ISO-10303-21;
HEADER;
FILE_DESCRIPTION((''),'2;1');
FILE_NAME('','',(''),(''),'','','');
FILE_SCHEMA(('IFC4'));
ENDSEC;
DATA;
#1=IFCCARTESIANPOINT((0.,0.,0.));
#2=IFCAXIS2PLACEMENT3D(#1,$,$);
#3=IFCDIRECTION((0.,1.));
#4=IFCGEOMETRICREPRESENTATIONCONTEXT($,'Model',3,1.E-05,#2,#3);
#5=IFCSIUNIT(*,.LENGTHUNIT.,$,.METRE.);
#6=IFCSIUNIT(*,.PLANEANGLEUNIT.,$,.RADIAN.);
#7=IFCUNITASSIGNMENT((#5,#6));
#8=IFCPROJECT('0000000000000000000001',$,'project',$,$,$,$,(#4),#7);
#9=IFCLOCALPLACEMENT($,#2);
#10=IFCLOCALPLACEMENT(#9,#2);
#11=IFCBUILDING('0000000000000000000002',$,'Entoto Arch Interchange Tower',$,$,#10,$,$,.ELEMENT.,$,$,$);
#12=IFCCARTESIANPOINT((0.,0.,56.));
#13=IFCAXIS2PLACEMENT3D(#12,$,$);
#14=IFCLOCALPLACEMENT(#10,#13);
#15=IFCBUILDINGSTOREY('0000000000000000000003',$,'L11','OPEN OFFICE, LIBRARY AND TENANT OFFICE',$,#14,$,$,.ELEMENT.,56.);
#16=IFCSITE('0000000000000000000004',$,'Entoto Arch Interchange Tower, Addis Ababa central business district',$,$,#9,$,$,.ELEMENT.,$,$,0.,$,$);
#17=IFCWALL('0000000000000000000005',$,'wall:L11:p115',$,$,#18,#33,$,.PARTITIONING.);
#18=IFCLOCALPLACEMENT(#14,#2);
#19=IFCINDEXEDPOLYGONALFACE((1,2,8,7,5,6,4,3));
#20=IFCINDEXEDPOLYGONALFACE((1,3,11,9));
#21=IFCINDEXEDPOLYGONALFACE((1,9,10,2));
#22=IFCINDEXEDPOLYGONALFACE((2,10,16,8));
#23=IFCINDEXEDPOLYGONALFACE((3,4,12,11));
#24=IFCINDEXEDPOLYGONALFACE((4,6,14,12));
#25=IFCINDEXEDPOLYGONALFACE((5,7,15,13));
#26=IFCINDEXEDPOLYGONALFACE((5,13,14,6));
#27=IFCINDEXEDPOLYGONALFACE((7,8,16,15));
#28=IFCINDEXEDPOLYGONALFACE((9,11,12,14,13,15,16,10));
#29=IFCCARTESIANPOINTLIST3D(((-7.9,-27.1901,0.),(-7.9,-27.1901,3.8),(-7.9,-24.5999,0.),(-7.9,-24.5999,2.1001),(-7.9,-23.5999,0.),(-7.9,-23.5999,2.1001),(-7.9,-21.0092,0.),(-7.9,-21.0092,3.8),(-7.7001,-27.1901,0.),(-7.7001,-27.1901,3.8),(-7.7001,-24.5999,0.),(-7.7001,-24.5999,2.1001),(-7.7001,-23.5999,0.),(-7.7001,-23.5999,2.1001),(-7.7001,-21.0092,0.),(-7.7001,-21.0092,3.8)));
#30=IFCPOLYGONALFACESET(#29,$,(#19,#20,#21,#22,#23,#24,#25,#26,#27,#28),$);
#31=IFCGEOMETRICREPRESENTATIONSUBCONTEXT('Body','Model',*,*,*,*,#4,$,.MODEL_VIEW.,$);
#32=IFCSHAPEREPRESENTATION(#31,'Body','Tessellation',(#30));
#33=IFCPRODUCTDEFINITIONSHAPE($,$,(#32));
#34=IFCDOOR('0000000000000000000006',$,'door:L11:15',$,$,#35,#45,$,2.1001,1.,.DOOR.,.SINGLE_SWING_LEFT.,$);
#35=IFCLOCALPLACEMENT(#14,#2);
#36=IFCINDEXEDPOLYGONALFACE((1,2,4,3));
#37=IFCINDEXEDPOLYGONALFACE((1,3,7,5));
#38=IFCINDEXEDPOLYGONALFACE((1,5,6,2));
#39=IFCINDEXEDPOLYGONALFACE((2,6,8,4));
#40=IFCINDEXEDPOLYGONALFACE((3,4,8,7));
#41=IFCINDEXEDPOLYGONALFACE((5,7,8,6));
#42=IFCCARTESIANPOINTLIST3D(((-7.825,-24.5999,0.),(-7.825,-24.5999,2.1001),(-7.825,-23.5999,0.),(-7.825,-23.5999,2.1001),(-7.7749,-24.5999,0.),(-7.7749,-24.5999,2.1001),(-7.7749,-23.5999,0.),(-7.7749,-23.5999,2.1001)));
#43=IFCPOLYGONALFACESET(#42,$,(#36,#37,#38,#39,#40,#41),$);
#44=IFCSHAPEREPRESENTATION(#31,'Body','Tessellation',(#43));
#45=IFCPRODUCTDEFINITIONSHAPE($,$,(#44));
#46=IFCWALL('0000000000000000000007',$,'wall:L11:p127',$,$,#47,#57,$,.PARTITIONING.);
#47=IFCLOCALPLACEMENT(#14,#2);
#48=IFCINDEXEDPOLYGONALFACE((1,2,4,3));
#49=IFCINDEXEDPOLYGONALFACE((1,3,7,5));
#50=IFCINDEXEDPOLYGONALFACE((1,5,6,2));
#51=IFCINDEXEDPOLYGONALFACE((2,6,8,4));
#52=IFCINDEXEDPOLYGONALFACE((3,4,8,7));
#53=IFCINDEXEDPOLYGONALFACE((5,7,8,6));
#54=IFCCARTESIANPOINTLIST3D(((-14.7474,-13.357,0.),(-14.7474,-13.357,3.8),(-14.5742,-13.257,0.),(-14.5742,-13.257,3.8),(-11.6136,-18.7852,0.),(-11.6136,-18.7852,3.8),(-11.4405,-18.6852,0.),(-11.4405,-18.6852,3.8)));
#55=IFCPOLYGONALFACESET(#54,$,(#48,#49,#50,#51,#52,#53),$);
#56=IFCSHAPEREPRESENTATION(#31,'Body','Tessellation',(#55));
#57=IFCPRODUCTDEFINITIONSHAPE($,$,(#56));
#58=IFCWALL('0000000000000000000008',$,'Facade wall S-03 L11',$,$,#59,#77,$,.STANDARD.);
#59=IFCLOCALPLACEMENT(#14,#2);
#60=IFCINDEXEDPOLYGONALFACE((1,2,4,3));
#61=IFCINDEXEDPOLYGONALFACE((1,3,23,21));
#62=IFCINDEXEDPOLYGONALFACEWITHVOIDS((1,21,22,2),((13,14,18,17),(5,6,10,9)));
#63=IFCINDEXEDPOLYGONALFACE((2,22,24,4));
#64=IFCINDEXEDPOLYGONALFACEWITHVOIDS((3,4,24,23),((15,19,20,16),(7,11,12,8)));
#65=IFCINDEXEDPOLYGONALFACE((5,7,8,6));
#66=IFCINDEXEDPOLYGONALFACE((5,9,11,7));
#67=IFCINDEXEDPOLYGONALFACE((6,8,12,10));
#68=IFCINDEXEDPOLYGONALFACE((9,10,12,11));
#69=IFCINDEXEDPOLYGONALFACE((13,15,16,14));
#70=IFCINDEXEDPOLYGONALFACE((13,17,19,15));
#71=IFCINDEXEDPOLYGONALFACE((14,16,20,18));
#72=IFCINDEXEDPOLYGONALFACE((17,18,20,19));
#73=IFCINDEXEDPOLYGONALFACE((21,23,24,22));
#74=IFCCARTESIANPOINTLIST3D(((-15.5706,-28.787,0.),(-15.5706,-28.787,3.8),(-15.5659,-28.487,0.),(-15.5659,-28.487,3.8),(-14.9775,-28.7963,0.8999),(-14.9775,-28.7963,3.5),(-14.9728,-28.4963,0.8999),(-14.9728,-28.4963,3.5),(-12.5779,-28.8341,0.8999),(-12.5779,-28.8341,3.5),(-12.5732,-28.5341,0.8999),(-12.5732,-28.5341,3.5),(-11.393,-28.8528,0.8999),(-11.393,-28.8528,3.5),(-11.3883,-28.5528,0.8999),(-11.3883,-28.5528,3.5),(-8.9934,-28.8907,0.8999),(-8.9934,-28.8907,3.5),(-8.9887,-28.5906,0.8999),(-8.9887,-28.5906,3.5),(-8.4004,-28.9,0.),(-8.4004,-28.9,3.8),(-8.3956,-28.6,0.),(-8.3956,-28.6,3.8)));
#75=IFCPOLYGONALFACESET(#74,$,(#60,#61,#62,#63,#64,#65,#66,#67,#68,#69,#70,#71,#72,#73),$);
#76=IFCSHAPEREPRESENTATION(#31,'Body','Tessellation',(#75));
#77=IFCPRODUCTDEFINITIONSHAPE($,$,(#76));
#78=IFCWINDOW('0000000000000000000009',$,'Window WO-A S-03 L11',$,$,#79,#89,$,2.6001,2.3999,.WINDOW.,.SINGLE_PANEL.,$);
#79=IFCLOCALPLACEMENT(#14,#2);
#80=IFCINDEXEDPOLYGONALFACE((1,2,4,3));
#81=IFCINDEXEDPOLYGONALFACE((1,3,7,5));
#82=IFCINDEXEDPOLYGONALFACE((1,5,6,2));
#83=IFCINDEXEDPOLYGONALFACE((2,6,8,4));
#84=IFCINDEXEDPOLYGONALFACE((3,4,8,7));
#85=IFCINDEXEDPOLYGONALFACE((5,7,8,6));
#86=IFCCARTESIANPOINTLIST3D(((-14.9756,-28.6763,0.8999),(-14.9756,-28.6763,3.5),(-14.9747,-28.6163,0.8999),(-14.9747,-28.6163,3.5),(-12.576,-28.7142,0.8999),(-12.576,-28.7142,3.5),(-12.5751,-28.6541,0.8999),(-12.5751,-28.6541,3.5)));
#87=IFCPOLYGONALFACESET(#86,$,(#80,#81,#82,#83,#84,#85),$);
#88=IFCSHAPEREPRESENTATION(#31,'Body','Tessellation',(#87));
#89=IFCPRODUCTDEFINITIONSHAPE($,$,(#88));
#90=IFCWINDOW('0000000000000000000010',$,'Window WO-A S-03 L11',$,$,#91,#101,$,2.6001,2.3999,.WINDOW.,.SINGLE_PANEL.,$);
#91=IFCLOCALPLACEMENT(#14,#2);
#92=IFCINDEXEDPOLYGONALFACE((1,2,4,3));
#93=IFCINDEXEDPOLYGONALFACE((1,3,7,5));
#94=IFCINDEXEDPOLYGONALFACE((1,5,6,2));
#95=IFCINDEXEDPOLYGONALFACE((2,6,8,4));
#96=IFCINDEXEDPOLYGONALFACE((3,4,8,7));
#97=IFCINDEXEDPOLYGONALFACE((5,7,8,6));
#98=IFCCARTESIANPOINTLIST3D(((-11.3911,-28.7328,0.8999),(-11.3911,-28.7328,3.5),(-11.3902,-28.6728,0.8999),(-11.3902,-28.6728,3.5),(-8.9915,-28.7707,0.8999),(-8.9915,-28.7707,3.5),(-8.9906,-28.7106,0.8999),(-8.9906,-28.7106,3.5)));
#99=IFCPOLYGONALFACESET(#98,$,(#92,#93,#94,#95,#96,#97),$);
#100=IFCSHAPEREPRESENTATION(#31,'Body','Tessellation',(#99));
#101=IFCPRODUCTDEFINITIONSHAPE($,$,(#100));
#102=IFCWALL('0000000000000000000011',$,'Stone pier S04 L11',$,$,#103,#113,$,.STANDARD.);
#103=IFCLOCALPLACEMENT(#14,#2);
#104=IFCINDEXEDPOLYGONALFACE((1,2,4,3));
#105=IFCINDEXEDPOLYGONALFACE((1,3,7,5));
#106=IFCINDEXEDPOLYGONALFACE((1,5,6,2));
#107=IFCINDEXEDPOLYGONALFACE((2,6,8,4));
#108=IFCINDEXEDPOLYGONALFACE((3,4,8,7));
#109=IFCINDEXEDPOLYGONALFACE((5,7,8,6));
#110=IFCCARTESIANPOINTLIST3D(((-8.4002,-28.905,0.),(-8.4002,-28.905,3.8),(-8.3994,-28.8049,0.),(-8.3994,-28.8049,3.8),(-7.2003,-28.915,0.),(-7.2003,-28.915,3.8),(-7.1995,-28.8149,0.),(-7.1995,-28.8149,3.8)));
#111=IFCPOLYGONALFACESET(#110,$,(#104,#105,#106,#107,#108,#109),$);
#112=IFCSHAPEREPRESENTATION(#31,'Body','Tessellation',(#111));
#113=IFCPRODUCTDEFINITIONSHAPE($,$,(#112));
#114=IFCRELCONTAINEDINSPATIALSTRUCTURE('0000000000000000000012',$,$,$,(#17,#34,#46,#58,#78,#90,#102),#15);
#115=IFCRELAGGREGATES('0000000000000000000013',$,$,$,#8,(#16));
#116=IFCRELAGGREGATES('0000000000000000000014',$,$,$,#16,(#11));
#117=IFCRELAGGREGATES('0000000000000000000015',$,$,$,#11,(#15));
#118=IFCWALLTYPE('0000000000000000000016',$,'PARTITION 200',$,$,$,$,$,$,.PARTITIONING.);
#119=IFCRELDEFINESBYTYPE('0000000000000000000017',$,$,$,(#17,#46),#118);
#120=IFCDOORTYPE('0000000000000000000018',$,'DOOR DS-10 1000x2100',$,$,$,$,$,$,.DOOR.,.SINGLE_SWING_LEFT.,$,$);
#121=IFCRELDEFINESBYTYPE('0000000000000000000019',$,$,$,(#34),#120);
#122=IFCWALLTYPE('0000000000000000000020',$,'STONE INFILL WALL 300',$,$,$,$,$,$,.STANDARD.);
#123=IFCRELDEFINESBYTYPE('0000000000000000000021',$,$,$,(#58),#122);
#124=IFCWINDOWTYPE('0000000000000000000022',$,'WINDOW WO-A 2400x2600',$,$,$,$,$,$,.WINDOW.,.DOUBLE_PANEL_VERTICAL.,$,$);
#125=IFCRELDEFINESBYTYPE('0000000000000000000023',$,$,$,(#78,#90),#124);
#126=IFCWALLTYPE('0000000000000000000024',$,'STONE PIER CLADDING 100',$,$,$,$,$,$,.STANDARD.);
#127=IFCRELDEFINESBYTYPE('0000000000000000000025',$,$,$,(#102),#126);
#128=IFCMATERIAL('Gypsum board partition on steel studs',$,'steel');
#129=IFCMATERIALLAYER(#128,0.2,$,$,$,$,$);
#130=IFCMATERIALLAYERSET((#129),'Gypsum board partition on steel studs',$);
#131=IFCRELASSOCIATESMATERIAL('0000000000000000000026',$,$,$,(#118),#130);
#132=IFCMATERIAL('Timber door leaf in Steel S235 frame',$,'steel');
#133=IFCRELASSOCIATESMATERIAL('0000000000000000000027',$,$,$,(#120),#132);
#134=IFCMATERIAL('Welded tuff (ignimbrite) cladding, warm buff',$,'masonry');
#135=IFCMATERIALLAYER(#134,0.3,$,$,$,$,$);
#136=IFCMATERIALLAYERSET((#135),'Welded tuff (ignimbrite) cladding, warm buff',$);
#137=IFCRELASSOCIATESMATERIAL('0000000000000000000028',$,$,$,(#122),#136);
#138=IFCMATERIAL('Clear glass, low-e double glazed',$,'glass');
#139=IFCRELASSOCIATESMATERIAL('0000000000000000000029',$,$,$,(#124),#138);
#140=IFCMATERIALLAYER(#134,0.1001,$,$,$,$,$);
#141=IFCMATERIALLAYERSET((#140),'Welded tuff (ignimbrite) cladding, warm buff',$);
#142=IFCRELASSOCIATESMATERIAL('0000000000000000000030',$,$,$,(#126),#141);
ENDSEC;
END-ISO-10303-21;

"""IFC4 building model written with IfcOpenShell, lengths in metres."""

from ifc_helpers import new_model, si_unit, direction, frame, frame_2d, origin, place, context, subcontext, project, spatial, rectangle, extrude, material, layer, layer_set, type_object, element, fill, save


model = new_model("IFC4")

# Units and contexts
model_context = context("Model", 3, precision=1e-05, world=origin(), true_north=direction((0.0, 1.0)))
body_context = subcontext(model_context, "Body", "Model", "MODEL_VIEW")
ifc_project = project(units=[si_unit("LENGTHUNIT", "METRE"), si_unit("PLANEANGLEUNIT", "RADIAN")], contexts=[model_context])

# Site, building, storey
site_placement = place(None, origin())
site = spatial("IfcSite", under=ifc_project, at=site_placement, Name="Entoto Arch Interchange Tower, Addis Ababa central business district", CompositionType="ELEMENT", RefElevation=0.0)
building_placement = place(site_placement, origin())
building = spatial("IfcBuilding", under=site, at=building_placement, Name="Entoto Arch Interchange Tower", CompositionType="ELEMENT")
storey_placement = place(building_placement, frame((0.0, 0.0, 56.0)))
storey = spatial("IfcBuildingStorey", under=building, at=storey_placement, Name="L11", Description="OPEN OFFICE, LIBRARY AND TENANT OFFICE", CompositionType="ELEMENT", Elevation=56.0)

# Shared definitions
ifc_material_1 = material(Name="Clear glass, low-e double glazed", Category="glass")

# Shared definitions
ifc_material_2 = material(Name="Gypsum board partition on steel studs", Category="steel")
ifc_layer_1 = layer(ifc_material_2, 0.2)
ifc_layer_set_1 = layer_set([ifc_layer_1], Name="Gypsum board partition on steel studs")
wall_type_1 = type_object("IfcWallType", Name="PARTITION 200", PredefinedType="PARTITIONING", material=ifc_layer_set_1)

# Shared definitions
ifc_material_3 = material(Name="Timber door leaf in Steel S235 frame", Category="steel")
door_type = type_object("IfcDoorType", Name="DOOR DS-10 1000x2100", OperationType="SINGLE_SWING_LEFT", PredefinedType="DOOR", material=ifc_material_3)

# Wall, opening, door
wall_1_placement = place(storey_placement, frame((-7.8, -27.1899, 0.0), z_axis=(0.0, 0.0, 1.0), x_axis=(0.0, 1.0, 0.0)))
wall_1 = element("IfcWall", 1, at=wall_1_placement, inside=storey, type_object=wall_type_1, Name="wall:L11:p115", PredefinedType="PARTITIONING", context=body_context, shape_type="SweptSolid", body=[
    extrude(rectangle(XDim=6.1809, YDim=0.2, at=frame_2d((3.0903, 0.0))), origin(), (0.0, 0.0, 1.0), 3.8),
])
opening_1_placement = place(wall_1_placement, frame((2.5901, 0.0, 0.0)))
opening_1 = element("IfcOpeningElement", 2, at=opening_1_placement, cuts=wall_1, PredefinedType="OPENING", context=body_context, shape_type="SweptSolid", body=[
    extrude(rectangle(XDim=1.0, YDim=2.1001, at=frame_2d((0.5, 1.05))), frame((0.0, 0.1099, 0.0), z_axis=(0.0, -1.0, 0.0), x_axis=(1.0, 0.0, 0.0)), (0.0, 0.0, 1.0), 0.22),
])
door_1_placement = place(opening_1_placement, origin())
door_1 = element("IfcDoor", 3, at=door_1_placement, inside=storey, type_object=door_type, Name="door:L11:15", OperationType="SINGLE_SWING_LEFT", OverallHeight=2.1001, OverallWidth=1.0, PredefinedType="DOOR", context=body_context, shape_type="SweptSolid", body=[
    extrude(rectangle(XDim=1.0, YDim=2.1001, at=frame_2d((0.5, 1.05))), frame((0.0, 0.0249, 0.0), z_axis=(0.0, -1.0, 0.0), x_axis=(1.0, 0.0, 0.0)), (0.0, 0.0, 1.0), 0.05),
])
fill(opening_1, door_1)

# Wall
wall_2_placement = place(storey_placement, frame((-11.5271, -18.7351, 0.0), z_axis=(0.0, 0.0, 1.0), x_axis=(-0.499976, 0.866039, 0.0)))
element("IfcWall", 4, at=wall_2_placement, inside=storey, type_object=wall_type_1, Name="wall:L11:p127", PredefinedType="PARTITIONING", context=body_context, shape_type="SweptSolid", body=[
    extrude(rectangle(XDim=6.2678, YDim=0.2, at=frame_2d((3.1338, 0.0))), origin(), (0.0, 0.0, 1.0), 3.8),
])

# Wall, openings, windows
ifc_material_4 = material(Name="Welded tuff (ignimbrite) cladding, warm buff", Category="masonry")
ifc_layer_2 = layer(ifc_material_4, 0.3)
ifc_layer_set_2 = layer_set([ifc_layer_2], Name="Welded tuff (ignimbrite) cladding, warm buff")
wall_type_2 = type_object("IfcWallType", Name="STONE INFILL WALL 300", PredefinedType="STANDARD", material=ifc_layer_set_2)
wall_3_placement = place(storey_placement, frame((-15.5681, -28.637, 0.0), z_axis=(0.0, 0.0, 1.0), x_axis=(0.999876, -0.015763, 0.0)))
wall_3 = element("IfcWall", 5, at=wall_3_placement, inside=storey, type_object=wall_type_2, Name="Facade wall S-03 L11", PredefinedType="STANDARD", context=body_context, shape_type="SweptSolid", body=[
    extrude(rectangle(XDim=7.1711, YDim=0.3, at=frame_2d((3.5854, 0.0))), origin(), (0.0, 0.0, 1.0), 3.8),
])
opening_2_placement = place(wall_3_placement, frame((0.593, 0.0, 0.8999)))
opening_2 = element("IfcOpeningElement", 6, at=opening_2_placement, cuts=wall_3, PredefinedType="OPENING", context=body_context, shape_type="SweptSolid", body=[
    extrude(rectangle(XDim=2.3999, YDim=2.6001, at=frame_2d((1.2, 1.3))), frame((0.0, 0.1602, 0.0), z_axis=(0.0, -1.0, 0.0), x_axis=(1.0, 0.0, 0.0)), (0.0, 0.0, 1.0), 0.3201),
])
opening_3_placement = place(wall_3_placement, frame((4.178, 0.0, 0.8999)))
opening_3 = element("IfcOpeningElement", 7, at=opening_3_placement, cuts=wall_3, PredefinedType="OPENING", context=body_context, shape_type="SweptSolid", body=[
    extrude(rectangle(XDim=2.3999, YDim=2.6001, at=frame_2d((1.2, 1.3))), frame((0.0, 0.1602, 0.0), z_axis=(0.0, -1.0, 0.0), x_axis=(1.0, 0.0, 0.0)), (0.0, 0.0, 1.0), 0.3201),
])
window_type = type_object("IfcWindowType", Name="WINDOW WO-A 2400x2600", PartitioningType="DOUBLE_PANEL_VERTICAL", PredefinedType="WINDOW", material=ifc_material_1)
window_1_placement = place(opening_2_placement, origin())
window_1 = element("IfcWindow", 8, at=window_1_placement, inside=storey, type_object=window_type, Name="Window WO-A S-03 L11", OverallHeight=2.6001, OverallWidth=2.3999, PartitioningType="SINGLE_PANEL", PredefinedType="WINDOW", context=body_context, shape_type="SweptSolid", body=[
    extrude(rectangle(XDim=2.3999, YDim=2.6001, at=frame_2d((1.2, 1.3))), frame((0.0, 0.03, 0.0), z_axis=(0.0, -1.0, 0.0), x_axis=(1.0, 0.0, 0.0)), (0.0, 0.0, 1.0), 0.0601),
])
fill(opening_2, window_1)
window_2_placement = place(opening_3_placement, origin())
window_2 = element("IfcWindow", 9, at=window_2_placement, inside=storey, type_object=window_type, Name="Window WO-A S-03 L11", OverallHeight=2.6001, OverallWidth=2.3999, PartitioningType="SINGLE_PANEL", PredefinedType="WINDOW", context=body_context, shape_type="SweptSolid", body=[
    extrude(rectangle(XDim=2.3999, YDim=2.6001, at=frame_2d((1.2, 1.3))), frame((0.0, 0.03, 0.0), z_axis=(0.0, -1.0, 0.0), x_axis=(1.0, 0.0, 0.0)), (0.0, 0.0, 1.0), 0.0601),
])
fill(opening_3, window_2)

# Wall
ifc_layer_3 = layer(ifc_material_4, 0.1001)
ifc_layer_set_3 = layer_set([ifc_layer_3], Name="Welded tuff (ignimbrite) cladding, warm buff")
wall_type_3 = type_object("IfcWallType", Name="STONE PIER CLADDING 100", PredefinedType="STANDARD", material=ifc_layer_set_3)
wall_4_placement = place(storey_placement, frame((-8.3999, -28.855, 0.0), z_axis=(0.0, 0.0, 1.0), x_axis=(0.999965, -0.008342, 0.0)))
element("IfcWall", 10, at=wall_4_placement, inside=storey, type_object=wall_type_3, Name="Stone pier S04 L11", PredefinedType="STANDARD", context=body_context, shape_type="SweptSolid", body=[
    extrude(rectangle(XDim=1.2, YDim=0.1001, at=frame_2d((0.6001, 0.0))), origin(), (0.0, 0.0, 1.0), 3.8),
])

save(model, "model.ifc")
